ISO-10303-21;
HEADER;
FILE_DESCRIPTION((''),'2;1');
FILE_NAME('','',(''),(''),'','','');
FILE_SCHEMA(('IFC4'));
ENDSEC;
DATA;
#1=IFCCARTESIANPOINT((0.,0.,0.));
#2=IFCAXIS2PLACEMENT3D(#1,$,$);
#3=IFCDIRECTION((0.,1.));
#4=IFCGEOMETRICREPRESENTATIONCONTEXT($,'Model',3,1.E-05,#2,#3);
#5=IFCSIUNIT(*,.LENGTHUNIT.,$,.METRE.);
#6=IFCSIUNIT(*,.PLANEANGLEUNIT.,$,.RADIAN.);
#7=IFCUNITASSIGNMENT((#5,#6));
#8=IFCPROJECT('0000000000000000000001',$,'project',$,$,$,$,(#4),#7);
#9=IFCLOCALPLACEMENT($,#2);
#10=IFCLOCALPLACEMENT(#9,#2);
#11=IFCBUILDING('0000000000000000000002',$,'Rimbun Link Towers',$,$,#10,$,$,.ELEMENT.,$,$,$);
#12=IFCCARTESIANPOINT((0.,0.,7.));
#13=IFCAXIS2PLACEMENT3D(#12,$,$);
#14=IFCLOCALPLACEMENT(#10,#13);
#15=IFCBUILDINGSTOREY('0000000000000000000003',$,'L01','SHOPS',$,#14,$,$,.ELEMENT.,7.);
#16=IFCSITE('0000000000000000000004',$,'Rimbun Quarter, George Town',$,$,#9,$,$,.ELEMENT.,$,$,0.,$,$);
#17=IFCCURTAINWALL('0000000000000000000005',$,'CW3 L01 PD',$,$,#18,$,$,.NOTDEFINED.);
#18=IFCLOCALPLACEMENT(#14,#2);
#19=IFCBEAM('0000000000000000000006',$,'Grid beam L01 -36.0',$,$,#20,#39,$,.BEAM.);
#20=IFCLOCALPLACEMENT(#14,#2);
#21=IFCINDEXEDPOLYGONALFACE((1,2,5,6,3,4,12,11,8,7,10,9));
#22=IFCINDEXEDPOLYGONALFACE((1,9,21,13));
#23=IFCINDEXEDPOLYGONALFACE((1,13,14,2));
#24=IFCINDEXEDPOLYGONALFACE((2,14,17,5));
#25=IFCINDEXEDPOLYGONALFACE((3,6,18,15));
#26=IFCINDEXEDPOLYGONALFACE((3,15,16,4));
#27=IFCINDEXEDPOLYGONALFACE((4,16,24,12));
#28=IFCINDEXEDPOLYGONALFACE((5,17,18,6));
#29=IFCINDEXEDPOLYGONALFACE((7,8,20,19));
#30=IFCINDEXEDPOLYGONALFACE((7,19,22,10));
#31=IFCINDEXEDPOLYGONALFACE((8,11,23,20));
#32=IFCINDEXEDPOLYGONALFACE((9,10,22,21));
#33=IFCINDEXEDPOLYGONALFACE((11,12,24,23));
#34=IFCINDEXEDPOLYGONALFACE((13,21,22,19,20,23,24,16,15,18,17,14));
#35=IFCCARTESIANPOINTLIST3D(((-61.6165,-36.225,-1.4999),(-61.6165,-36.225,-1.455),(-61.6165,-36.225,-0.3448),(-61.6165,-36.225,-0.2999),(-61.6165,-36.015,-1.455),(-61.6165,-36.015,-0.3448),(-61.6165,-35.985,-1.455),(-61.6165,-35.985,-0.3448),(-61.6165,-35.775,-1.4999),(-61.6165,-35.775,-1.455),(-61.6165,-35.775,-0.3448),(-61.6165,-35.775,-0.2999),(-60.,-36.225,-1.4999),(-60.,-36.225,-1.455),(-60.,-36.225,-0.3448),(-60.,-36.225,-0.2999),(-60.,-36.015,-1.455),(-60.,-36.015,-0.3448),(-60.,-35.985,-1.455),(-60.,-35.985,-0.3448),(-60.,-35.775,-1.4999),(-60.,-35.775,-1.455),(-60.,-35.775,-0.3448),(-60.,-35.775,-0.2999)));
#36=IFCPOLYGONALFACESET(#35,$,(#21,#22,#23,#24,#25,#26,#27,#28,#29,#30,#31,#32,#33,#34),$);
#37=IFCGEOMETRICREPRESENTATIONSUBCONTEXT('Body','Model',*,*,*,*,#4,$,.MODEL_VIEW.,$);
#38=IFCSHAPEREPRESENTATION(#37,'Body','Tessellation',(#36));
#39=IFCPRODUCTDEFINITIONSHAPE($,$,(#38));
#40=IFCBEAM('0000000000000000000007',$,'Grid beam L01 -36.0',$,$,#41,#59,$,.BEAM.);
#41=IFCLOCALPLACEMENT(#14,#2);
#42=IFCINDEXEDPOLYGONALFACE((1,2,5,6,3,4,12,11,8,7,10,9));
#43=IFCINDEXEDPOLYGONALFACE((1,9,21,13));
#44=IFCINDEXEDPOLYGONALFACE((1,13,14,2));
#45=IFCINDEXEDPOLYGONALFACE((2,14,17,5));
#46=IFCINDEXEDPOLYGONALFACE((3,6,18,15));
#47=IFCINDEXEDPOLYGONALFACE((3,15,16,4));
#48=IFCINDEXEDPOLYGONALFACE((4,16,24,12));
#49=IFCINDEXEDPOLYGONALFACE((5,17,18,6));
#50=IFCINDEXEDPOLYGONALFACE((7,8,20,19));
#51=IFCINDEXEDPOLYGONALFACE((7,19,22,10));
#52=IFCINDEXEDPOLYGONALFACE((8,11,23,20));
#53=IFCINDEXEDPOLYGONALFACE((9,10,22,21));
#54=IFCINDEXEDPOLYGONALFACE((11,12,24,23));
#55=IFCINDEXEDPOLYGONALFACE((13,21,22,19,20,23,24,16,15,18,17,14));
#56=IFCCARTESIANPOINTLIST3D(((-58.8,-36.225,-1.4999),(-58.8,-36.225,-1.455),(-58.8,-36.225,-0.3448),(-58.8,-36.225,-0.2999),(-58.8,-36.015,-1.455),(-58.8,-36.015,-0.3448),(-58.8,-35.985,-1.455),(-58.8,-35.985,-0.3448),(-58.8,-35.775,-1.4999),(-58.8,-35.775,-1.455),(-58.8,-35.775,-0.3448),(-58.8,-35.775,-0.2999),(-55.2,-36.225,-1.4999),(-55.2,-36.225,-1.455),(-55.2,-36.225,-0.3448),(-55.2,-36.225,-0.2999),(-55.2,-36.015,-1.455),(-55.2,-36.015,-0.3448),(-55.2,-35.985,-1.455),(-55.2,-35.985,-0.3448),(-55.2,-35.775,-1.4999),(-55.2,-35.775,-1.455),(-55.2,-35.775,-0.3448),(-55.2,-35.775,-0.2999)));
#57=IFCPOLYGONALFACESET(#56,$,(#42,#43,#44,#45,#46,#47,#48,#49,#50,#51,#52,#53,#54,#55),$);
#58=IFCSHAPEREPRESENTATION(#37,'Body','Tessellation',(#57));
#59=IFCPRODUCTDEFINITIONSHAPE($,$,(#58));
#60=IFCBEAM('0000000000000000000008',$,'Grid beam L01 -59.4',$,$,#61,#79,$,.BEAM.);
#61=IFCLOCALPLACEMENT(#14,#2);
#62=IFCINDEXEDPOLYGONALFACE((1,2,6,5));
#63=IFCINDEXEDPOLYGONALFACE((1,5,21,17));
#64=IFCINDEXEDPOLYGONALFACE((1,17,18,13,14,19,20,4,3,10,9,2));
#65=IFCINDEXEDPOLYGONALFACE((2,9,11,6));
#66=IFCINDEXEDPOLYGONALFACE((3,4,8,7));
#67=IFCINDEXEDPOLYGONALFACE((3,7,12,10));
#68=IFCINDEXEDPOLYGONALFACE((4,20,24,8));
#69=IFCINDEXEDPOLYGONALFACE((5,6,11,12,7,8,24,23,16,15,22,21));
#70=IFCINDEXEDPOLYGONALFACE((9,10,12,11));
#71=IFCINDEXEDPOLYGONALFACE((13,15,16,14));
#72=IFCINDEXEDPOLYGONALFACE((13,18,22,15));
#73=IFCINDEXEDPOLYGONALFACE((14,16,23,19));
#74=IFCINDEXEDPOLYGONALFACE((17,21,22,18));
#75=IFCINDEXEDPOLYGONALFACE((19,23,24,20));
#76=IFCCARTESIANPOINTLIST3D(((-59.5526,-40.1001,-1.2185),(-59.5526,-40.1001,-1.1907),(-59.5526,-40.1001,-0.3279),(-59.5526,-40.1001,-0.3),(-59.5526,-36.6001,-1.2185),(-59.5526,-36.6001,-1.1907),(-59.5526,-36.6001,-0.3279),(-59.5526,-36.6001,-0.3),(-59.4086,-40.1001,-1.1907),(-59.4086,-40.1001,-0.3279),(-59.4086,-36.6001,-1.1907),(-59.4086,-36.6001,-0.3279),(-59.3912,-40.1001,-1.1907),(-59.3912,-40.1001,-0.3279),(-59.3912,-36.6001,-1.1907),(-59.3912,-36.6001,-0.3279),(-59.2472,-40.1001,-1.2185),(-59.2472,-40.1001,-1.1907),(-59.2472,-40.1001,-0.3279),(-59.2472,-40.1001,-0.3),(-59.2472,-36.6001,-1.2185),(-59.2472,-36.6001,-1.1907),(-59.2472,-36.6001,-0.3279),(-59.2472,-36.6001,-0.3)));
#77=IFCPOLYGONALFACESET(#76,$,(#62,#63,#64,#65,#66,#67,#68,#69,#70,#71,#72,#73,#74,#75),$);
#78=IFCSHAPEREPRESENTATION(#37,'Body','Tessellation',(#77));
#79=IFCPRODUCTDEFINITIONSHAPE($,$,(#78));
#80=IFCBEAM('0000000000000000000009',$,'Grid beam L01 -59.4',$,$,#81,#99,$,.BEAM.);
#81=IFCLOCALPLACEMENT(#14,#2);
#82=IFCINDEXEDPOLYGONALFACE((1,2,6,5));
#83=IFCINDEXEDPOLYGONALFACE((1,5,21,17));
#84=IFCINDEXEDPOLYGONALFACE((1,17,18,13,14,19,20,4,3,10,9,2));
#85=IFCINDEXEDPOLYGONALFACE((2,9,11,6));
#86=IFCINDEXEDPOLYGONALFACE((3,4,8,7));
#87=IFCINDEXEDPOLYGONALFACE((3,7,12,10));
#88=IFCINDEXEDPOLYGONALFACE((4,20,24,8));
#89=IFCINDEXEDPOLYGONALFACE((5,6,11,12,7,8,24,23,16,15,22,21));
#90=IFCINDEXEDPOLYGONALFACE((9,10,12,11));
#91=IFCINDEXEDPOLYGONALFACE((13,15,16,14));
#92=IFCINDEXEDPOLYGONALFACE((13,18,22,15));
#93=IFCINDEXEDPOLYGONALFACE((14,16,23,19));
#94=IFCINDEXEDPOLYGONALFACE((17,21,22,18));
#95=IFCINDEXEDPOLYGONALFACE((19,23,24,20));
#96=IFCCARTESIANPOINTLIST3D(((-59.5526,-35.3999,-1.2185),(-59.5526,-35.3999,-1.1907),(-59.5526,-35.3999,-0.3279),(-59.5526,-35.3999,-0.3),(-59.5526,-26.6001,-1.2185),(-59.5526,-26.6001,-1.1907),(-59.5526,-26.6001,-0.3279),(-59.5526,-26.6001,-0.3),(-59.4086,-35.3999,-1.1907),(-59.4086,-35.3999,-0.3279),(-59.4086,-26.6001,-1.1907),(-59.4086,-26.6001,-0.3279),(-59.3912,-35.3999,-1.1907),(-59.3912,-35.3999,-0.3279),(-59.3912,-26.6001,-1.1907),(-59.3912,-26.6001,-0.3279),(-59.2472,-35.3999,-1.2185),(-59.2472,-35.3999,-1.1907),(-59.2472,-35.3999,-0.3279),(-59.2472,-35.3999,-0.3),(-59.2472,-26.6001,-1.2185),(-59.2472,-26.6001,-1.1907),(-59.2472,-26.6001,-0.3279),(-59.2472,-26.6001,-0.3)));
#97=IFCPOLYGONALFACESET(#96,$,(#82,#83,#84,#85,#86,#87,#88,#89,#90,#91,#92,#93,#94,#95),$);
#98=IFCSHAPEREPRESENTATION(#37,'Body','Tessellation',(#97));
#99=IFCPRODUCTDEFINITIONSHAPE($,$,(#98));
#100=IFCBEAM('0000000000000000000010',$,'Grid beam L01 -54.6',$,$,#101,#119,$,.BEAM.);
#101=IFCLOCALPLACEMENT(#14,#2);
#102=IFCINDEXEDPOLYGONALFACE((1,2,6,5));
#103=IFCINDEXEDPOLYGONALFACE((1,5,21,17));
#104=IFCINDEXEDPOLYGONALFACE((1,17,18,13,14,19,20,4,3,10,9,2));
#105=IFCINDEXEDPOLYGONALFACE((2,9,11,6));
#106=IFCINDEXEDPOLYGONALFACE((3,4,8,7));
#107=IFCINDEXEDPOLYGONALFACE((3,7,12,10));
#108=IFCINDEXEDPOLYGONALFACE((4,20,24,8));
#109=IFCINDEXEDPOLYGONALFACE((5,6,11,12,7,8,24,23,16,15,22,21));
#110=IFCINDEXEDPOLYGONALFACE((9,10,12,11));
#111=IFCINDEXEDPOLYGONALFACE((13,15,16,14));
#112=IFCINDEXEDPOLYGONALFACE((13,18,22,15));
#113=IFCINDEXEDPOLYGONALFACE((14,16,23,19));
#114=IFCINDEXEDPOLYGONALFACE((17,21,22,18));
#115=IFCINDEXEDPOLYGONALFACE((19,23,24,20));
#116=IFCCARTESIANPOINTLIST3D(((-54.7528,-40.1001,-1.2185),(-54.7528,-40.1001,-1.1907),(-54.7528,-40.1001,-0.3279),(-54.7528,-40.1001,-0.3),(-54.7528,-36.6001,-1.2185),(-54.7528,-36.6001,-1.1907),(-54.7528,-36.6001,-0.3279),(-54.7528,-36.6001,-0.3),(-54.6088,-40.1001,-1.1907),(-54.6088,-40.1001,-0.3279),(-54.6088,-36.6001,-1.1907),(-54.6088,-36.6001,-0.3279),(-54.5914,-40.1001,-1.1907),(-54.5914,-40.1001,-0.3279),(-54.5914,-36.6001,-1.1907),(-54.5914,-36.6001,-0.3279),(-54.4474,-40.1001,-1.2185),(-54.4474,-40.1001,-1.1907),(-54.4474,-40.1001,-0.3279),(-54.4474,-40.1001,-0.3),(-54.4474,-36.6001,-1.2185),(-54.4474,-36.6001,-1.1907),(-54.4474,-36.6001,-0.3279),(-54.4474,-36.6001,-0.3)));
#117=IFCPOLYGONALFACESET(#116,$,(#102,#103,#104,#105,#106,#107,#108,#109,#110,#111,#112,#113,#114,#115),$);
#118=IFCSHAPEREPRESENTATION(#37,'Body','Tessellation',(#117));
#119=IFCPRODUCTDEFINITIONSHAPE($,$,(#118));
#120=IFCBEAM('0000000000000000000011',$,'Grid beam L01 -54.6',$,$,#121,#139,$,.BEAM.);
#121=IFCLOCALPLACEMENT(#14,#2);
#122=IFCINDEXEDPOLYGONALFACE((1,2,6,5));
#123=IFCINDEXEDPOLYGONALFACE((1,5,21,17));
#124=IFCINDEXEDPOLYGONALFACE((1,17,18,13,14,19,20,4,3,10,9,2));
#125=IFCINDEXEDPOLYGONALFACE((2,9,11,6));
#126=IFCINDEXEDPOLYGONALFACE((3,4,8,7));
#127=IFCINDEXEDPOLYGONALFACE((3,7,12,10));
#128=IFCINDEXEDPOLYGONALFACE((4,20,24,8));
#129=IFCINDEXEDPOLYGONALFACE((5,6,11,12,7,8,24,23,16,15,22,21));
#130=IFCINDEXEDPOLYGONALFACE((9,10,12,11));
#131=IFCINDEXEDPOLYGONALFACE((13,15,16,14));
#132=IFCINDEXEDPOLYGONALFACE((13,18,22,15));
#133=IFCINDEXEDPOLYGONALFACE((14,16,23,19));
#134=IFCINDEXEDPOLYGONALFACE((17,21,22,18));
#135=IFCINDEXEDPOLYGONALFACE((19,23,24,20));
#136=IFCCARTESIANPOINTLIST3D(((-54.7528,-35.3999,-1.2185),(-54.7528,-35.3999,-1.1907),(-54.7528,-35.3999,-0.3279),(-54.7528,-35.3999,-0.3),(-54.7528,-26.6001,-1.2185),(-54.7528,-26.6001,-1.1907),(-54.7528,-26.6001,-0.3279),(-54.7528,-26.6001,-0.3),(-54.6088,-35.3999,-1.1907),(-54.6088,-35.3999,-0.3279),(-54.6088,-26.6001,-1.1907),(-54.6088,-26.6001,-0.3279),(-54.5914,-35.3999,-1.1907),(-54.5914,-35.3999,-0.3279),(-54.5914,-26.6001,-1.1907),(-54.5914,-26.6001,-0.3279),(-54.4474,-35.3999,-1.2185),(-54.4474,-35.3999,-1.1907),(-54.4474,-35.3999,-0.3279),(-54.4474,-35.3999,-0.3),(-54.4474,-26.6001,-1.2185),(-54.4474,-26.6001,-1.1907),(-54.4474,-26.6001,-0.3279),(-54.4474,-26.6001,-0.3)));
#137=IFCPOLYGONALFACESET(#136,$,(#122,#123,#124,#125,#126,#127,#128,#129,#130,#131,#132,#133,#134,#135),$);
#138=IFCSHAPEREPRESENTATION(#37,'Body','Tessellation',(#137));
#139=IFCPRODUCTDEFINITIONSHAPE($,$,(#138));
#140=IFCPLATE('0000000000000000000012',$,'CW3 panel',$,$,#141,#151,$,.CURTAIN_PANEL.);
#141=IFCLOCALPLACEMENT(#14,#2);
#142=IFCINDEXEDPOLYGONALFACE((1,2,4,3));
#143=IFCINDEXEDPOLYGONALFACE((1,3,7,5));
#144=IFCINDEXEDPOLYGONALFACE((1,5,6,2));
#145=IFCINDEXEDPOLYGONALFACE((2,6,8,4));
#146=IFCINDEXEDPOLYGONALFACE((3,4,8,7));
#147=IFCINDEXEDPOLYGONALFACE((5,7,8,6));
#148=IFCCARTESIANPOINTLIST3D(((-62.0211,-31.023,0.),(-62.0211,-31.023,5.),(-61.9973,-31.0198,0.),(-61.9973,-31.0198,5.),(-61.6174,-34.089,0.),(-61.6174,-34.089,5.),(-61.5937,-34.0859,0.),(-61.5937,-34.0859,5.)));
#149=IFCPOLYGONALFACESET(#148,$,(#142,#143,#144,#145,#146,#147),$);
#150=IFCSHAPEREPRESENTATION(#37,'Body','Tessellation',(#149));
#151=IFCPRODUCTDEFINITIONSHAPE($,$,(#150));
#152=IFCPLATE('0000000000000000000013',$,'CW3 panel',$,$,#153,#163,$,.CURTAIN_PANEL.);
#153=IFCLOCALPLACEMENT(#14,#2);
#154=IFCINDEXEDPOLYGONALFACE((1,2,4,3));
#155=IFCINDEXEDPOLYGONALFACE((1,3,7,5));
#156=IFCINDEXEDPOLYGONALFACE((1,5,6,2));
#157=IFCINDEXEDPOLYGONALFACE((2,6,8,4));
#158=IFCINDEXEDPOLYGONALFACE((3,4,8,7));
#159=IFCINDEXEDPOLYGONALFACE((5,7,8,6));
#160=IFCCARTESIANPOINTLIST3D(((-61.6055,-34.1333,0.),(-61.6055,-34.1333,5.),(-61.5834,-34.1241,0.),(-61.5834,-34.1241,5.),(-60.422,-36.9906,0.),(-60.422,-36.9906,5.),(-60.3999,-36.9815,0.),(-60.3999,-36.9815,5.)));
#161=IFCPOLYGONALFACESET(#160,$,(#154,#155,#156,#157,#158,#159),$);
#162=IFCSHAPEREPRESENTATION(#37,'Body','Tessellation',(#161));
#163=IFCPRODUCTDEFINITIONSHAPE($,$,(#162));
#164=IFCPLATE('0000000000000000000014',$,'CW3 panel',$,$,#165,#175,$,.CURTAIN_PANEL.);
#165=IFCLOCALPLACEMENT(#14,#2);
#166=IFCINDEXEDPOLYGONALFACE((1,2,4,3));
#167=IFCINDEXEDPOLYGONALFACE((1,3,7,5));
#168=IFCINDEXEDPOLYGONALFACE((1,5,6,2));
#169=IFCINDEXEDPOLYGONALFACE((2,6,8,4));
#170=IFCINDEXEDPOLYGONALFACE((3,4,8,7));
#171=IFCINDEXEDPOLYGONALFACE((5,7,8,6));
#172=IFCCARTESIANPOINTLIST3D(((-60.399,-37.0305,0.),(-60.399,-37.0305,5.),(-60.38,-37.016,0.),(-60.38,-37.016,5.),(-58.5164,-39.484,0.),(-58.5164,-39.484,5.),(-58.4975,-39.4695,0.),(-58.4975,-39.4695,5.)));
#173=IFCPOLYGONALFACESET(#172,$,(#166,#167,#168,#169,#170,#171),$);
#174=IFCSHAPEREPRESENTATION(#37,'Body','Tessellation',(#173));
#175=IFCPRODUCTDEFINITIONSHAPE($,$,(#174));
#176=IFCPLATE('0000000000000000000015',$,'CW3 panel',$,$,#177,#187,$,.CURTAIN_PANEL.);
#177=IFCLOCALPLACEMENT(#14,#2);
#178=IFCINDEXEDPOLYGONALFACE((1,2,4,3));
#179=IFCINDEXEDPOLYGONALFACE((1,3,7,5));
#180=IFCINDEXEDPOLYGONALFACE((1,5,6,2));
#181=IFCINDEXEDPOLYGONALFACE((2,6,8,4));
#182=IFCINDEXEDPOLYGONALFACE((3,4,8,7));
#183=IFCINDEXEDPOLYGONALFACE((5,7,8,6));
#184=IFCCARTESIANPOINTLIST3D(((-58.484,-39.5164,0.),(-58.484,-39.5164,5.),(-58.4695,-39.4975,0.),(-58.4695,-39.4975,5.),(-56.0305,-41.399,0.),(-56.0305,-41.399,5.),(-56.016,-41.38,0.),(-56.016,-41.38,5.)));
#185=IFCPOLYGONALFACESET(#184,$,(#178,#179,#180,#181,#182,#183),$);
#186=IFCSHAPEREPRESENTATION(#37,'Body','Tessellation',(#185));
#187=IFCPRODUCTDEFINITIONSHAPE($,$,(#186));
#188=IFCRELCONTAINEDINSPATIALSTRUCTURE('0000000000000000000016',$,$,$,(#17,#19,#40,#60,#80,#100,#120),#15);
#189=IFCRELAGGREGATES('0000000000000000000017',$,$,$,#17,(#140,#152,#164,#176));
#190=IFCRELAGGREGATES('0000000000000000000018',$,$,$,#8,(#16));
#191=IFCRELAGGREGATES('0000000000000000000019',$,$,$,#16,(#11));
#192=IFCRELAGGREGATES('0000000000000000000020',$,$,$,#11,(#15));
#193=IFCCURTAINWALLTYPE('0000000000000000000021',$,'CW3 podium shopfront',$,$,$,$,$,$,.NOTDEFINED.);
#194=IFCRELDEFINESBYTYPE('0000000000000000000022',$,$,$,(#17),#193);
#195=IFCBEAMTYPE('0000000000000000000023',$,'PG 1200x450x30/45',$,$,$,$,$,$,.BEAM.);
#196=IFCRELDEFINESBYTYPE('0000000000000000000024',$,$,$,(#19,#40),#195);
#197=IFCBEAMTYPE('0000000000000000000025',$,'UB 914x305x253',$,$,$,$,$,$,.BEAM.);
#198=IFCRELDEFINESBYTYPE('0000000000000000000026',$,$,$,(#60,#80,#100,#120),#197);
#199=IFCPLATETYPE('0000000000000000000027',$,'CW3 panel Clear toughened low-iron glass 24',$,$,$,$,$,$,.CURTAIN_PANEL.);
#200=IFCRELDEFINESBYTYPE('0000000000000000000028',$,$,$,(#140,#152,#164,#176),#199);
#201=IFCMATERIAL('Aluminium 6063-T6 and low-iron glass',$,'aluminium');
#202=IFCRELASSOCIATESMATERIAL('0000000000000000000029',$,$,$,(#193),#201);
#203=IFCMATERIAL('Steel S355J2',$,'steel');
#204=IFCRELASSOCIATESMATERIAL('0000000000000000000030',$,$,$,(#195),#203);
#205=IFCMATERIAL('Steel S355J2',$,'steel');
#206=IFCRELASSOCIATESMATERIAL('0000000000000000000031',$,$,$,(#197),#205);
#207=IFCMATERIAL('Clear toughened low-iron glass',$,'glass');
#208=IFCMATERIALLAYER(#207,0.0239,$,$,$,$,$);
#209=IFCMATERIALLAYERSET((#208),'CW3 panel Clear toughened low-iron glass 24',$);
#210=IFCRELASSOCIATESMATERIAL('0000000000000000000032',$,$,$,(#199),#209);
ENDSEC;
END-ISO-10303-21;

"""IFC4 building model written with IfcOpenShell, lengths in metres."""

from ifc_helpers import new_model, si_unit, direction, frame, origin, origin_2d, place, context, subcontext, project, spatial, rectangle, i_section, extrude, material, layer, layer_set, material_profile, profile_set, type_object, element, aggregate, save


model = new_model("IFC4")

# Units and contexts
model_context = context("Model", 3, precision=1e-05, world=origin(), true_north=direction((0.0, 1.0)))
body_context = subcontext(model_context, "Body", "Model", "MODEL_VIEW")
ifc_project = project(units=[si_unit("LENGTHUNIT", "METRE"), si_unit("PLANEANGLEUNIT", "RADIAN")], contexts=[model_context])

# Site, building, storey
site_placement = place(None, origin())
site = spatial("IfcSite", under=ifc_project, at=site_placement, Name="Rimbun Quarter, George Town", CompositionType="ELEMENT", RefElevation=0.0)
building_placement = place(site_placement, origin())
building = spatial("IfcBuilding", under=site, at=building_placement, Name="Rimbun Link Towers", CompositionType="ELEMENT")
storey_placement = place(building_placement, frame((0.0, 0.0, 7.0)))
storey = spatial("IfcBuildingStorey", under=building, at=storey_placement, Name="L01", Description="SHOPS", CompositionType="ELEMENT", Elevation=7.0)

# Curtain wall
ifc_material_1 = material(Name="Aluminium 6063-T6 and low-iron glass", Category="aluminium")
curtain_wall_type = type_object("IfcCurtainWallType", Name="CW3 podium shopfront", PredefinedType="NOTDEFINED", material=ifc_material_1)
curtain_wall_placement = place(storey_placement, origin())
curtain_wall = element("IfcCurtainWall", 1, at=curtain_wall_placement, inside=storey, type_object=curtain_wall_type, Name="CW3 L01 PD", PredefinedType="NOTDEFINED")

# Beams
ifc_material_2 = material(Name="Steel S355J2", Category="steel")
ifc_material_profile_1 = material_profile(ifc_material_2, i_section(OverallWidth=0.45, OverallDepth=1.2, WebThickness=0.03, FlangeThickness=0.0449, at=origin_2d()), Name="PG 1200x450x30/45")
ifc_profile_set_1 = profile_set([ifc_material_profile_1], Name="Steel S355J2")
beam_type_1 = type_object("IfcBeamType", Name="PG 1200x450x30/45", PredefinedType="BEAM", material=ifc_profile_set_1)
beam_1_placement = place(storey_placement, frame((-61.6165, -36.0, -0.8999), z_axis=(1.0, 0.0, 0.0), x_axis=(0.0, 1.0, 0.0)))
element("IfcBeam", 2, at=beam_1_placement, inside=storey, type_object=beam_type_1, Name="Grid beam L01 -36.0", PredefinedType="BEAM", context=body_context, shape_type="SweptSolid", body=[
    extrude(i_section(OverallWidth=0.45, OverallDepth=1.2, WebThickness=0.03, FlangeThickness=0.0449, at=origin_2d()), origin(), (0.0, 0.0, 1.0), 1.6165),
])
beam_2_placement = place(storey_placement, frame((-58.8, -36.0, -0.8999), z_axis=(1.0, 0.0, 0.0), x_axis=(0.0, 1.0, 0.0)))
element("IfcBeam", 3, at=beam_2_placement, inside=storey, type_object=beam_type_1, Name="Grid beam L01 -36.0", PredefinedType="BEAM", context=body_context, shape_type="SweptSolid", body=[
    extrude(i_section(OverallWidth=0.45, OverallDepth=1.2, WebThickness=0.03, FlangeThickness=0.0449, at=origin_2d()), origin(), (0.0, 0.0, 1.0), 3.6001),
])
ifc_material_3 = material(Name="Steel S355J2", Category="steel")
ifc_material_profile_2 = material_profile(ifc_material_3, i_section(OverallWidth=0.3054, OverallDepth=0.9185, WebThickness=0.0173, FlangeThickness=0.0278, at=origin_2d()), Name="UB 914x305x253")
ifc_profile_set_2 = profile_set([ifc_material_profile_2], Name="Steel S355J2")
beam_type_2 = type_object("IfcBeamType", Name="UB 914x305x253", PredefinedType="BEAM", material=ifc_profile_set_2)
beam_3_placement = place(storey_placement, frame((-59.3999, -40.1001, -0.7593), z_axis=(0.0, 1.0, 0.0), x_axis=(-1.0, 0.0, 0.0)))
element("IfcBeam", 4, at=beam_3_placement, inside=storey, type_object=beam_type_2, Name="Grid beam L01 -59.4", PredefinedType="BEAM", context=body_context, shape_type="SweptSolid", body=[
    extrude(i_section(OverallWidth=0.3054, OverallDepth=0.9185, WebThickness=0.0173, FlangeThickness=0.0278, at=origin_2d()), origin(), (0.0, 0.0, 1.0), 3.5),
])
beam_4_placement = place(storey_placement, frame((-59.3999, -35.3999, -0.7593), z_axis=(0.0, 1.0, 0.0), x_axis=(-1.0, 0.0, 0.0)))
element("IfcBeam", 5, at=beam_4_placement, inside=storey, type_object=beam_type_2, Name="Grid beam L01 -59.4", PredefinedType="BEAM", context=body_context, shape_type="SweptSolid", body=[
    extrude(i_section(OverallWidth=0.3054, OverallDepth=0.9185, WebThickness=0.0173, FlangeThickness=0.0278, at=origin_2d()), origin(), (0.0, 0.0, 1.0), 8.7998),
])
beam_5_placement = place(storey_placement, frame((-54.6001, -40.1001, -0.7593), z_axis=(0.0, 1.0, 0.0), x_axis=(-1.0, 0.0, 0.0)))
element("IfcBeam", 6, at=beam_5_placement, inside=storey, type_object=beam_type_2, Name="Grid beam L01 -54.6", PredefinedType="BEAM", context=body_context, shape_type="SweptSolid", body=[
    extrude(i_section(OverallWidth=0.3054, OverallDepth=0.9185, WebThickness=0.0173, FlangeThickness=0.0278, at=origin_2d()), origin(), (0.0, 0.0, 1.0), 3.5),
])
beam_6_placement = place(storey_placement, frame((-54.6001, -35.3999, -0.7593), z_axis=(0.0, 1.0, 0.0), x_axis=(-1.0, 0.0, 0.0)))
element("IfcBeam", 7, at=beam_6_placement, inside=storey, type_object=beam_type_2, Name="Grid beam L01 -54.6", PredefinedType="BEAM", context=body_context, shape_type="SweptSolid", body=[
    extrude(i_section(OverallWidth=0.3054, OverallDepth=0.9185, WebThickness=0.0173, FlangeThickness=0.0278, at=origin_2d()), origin(), (0.0, 0.0, 1.0), 8.7998),
])

# Plates
ifc_material_4 = material(Name="Clear toughened low-iron glass", Category="glass")
ifc_layer_1 = layer(ifc_material_4, 0.0239)
ifc_layer_set_1 = layer_set([ifc_layer_1], Name="CW3 panel Clear toughened low-iron glass 24")
plate_type = type_object("IfcPlateType", Name="CW3 panel Clear toughened low-iron glass 24", PredefinedType="CURTAIN_PANEL", material=ifc_layer_set_1)
plate_1_placement = place(storey_placement, frame((-61.8074, -32.5544, 0.0), z_axis=(0.0, 0.0, 1.0), x_axis=(-0.13053, 0.991444, 0.0)))
plate_1 = element("IfcPlate", 8, at=plate_1_placement, type_object=plate_type, Name="CW3 panel", PredefinedType="CURTAIN_PANEL", context=body_context, shape_type="SweptSolid", body=[
    extrude(rectangle(XDim=3.0925, YDim=0.0239, at=origin_2d()), origin(), (0.0, 0.0, 1.0), 5.0),
])
plate_2_placement = place(storey_placement, frame((-61.0027, -35.5574, 0.0), z_axis=(0.0, 0.0, 1.0), x_axis=(-0.382679, 0.923881, 0.0)))
plate_2 = element("IfcPlate", 9, at=plate_2_placement, type_object=plate_type, Name="CW3 panel", PredefinedType="CURTAIN_PANEL", context=body_context, shape_type="SweptSolid", body=[
    extrude(rectangle(XDim=3.0928, YDim=0.0239, at=origin_2d()), origin(), (0.0, 0.0, 1.0), 5.0),
])
plate_3_placement = place(storey_placement, frame((-59.4482, -38.25, 0.0), z_axis=(0.0, 0.0, 1.0), x_axis=(-0.608754, 0.793359, 0.0)))
plate_3 = element("IfcPlate", 10, at=plate_3_placement, type_object=plate_type, Name="CW3 panel", PredefinedType="CURTAIN_PANEL", context=body_context, shape_type="SweptSolid", body=[
    extrude(rectangle(XDim=3.0925, YDim=0.0239, at=origin_2d()), origin(), (0.0, 0.0, 1.0), 5.0),
])
plate_4_placement = place(storey_placement, frame((-57.25, -40.4482, 0.0), z_axis=(0.0, 0.0, 1.0), x_axis=(-0.793359, 0.608754, 0.0)))
plate_4 = element("IfcPlate", 11, at=plate_4_placement, type_object=plate_type, Name="CW3 panel", PredefinedType="CURTAIN_PANEL", context=body_context, shape_type="SweptSolid", body=[
    extrude(rectangle(XDim=3.0925, YDim=0.0239, at=origin_2d()), origin(), (0.0, 0.0, 1.0), 5.0),
])
aggregate(curtain_wall, [plate_1, plate_2, plate_3, plate_4])

save(model, "model.ifc")
